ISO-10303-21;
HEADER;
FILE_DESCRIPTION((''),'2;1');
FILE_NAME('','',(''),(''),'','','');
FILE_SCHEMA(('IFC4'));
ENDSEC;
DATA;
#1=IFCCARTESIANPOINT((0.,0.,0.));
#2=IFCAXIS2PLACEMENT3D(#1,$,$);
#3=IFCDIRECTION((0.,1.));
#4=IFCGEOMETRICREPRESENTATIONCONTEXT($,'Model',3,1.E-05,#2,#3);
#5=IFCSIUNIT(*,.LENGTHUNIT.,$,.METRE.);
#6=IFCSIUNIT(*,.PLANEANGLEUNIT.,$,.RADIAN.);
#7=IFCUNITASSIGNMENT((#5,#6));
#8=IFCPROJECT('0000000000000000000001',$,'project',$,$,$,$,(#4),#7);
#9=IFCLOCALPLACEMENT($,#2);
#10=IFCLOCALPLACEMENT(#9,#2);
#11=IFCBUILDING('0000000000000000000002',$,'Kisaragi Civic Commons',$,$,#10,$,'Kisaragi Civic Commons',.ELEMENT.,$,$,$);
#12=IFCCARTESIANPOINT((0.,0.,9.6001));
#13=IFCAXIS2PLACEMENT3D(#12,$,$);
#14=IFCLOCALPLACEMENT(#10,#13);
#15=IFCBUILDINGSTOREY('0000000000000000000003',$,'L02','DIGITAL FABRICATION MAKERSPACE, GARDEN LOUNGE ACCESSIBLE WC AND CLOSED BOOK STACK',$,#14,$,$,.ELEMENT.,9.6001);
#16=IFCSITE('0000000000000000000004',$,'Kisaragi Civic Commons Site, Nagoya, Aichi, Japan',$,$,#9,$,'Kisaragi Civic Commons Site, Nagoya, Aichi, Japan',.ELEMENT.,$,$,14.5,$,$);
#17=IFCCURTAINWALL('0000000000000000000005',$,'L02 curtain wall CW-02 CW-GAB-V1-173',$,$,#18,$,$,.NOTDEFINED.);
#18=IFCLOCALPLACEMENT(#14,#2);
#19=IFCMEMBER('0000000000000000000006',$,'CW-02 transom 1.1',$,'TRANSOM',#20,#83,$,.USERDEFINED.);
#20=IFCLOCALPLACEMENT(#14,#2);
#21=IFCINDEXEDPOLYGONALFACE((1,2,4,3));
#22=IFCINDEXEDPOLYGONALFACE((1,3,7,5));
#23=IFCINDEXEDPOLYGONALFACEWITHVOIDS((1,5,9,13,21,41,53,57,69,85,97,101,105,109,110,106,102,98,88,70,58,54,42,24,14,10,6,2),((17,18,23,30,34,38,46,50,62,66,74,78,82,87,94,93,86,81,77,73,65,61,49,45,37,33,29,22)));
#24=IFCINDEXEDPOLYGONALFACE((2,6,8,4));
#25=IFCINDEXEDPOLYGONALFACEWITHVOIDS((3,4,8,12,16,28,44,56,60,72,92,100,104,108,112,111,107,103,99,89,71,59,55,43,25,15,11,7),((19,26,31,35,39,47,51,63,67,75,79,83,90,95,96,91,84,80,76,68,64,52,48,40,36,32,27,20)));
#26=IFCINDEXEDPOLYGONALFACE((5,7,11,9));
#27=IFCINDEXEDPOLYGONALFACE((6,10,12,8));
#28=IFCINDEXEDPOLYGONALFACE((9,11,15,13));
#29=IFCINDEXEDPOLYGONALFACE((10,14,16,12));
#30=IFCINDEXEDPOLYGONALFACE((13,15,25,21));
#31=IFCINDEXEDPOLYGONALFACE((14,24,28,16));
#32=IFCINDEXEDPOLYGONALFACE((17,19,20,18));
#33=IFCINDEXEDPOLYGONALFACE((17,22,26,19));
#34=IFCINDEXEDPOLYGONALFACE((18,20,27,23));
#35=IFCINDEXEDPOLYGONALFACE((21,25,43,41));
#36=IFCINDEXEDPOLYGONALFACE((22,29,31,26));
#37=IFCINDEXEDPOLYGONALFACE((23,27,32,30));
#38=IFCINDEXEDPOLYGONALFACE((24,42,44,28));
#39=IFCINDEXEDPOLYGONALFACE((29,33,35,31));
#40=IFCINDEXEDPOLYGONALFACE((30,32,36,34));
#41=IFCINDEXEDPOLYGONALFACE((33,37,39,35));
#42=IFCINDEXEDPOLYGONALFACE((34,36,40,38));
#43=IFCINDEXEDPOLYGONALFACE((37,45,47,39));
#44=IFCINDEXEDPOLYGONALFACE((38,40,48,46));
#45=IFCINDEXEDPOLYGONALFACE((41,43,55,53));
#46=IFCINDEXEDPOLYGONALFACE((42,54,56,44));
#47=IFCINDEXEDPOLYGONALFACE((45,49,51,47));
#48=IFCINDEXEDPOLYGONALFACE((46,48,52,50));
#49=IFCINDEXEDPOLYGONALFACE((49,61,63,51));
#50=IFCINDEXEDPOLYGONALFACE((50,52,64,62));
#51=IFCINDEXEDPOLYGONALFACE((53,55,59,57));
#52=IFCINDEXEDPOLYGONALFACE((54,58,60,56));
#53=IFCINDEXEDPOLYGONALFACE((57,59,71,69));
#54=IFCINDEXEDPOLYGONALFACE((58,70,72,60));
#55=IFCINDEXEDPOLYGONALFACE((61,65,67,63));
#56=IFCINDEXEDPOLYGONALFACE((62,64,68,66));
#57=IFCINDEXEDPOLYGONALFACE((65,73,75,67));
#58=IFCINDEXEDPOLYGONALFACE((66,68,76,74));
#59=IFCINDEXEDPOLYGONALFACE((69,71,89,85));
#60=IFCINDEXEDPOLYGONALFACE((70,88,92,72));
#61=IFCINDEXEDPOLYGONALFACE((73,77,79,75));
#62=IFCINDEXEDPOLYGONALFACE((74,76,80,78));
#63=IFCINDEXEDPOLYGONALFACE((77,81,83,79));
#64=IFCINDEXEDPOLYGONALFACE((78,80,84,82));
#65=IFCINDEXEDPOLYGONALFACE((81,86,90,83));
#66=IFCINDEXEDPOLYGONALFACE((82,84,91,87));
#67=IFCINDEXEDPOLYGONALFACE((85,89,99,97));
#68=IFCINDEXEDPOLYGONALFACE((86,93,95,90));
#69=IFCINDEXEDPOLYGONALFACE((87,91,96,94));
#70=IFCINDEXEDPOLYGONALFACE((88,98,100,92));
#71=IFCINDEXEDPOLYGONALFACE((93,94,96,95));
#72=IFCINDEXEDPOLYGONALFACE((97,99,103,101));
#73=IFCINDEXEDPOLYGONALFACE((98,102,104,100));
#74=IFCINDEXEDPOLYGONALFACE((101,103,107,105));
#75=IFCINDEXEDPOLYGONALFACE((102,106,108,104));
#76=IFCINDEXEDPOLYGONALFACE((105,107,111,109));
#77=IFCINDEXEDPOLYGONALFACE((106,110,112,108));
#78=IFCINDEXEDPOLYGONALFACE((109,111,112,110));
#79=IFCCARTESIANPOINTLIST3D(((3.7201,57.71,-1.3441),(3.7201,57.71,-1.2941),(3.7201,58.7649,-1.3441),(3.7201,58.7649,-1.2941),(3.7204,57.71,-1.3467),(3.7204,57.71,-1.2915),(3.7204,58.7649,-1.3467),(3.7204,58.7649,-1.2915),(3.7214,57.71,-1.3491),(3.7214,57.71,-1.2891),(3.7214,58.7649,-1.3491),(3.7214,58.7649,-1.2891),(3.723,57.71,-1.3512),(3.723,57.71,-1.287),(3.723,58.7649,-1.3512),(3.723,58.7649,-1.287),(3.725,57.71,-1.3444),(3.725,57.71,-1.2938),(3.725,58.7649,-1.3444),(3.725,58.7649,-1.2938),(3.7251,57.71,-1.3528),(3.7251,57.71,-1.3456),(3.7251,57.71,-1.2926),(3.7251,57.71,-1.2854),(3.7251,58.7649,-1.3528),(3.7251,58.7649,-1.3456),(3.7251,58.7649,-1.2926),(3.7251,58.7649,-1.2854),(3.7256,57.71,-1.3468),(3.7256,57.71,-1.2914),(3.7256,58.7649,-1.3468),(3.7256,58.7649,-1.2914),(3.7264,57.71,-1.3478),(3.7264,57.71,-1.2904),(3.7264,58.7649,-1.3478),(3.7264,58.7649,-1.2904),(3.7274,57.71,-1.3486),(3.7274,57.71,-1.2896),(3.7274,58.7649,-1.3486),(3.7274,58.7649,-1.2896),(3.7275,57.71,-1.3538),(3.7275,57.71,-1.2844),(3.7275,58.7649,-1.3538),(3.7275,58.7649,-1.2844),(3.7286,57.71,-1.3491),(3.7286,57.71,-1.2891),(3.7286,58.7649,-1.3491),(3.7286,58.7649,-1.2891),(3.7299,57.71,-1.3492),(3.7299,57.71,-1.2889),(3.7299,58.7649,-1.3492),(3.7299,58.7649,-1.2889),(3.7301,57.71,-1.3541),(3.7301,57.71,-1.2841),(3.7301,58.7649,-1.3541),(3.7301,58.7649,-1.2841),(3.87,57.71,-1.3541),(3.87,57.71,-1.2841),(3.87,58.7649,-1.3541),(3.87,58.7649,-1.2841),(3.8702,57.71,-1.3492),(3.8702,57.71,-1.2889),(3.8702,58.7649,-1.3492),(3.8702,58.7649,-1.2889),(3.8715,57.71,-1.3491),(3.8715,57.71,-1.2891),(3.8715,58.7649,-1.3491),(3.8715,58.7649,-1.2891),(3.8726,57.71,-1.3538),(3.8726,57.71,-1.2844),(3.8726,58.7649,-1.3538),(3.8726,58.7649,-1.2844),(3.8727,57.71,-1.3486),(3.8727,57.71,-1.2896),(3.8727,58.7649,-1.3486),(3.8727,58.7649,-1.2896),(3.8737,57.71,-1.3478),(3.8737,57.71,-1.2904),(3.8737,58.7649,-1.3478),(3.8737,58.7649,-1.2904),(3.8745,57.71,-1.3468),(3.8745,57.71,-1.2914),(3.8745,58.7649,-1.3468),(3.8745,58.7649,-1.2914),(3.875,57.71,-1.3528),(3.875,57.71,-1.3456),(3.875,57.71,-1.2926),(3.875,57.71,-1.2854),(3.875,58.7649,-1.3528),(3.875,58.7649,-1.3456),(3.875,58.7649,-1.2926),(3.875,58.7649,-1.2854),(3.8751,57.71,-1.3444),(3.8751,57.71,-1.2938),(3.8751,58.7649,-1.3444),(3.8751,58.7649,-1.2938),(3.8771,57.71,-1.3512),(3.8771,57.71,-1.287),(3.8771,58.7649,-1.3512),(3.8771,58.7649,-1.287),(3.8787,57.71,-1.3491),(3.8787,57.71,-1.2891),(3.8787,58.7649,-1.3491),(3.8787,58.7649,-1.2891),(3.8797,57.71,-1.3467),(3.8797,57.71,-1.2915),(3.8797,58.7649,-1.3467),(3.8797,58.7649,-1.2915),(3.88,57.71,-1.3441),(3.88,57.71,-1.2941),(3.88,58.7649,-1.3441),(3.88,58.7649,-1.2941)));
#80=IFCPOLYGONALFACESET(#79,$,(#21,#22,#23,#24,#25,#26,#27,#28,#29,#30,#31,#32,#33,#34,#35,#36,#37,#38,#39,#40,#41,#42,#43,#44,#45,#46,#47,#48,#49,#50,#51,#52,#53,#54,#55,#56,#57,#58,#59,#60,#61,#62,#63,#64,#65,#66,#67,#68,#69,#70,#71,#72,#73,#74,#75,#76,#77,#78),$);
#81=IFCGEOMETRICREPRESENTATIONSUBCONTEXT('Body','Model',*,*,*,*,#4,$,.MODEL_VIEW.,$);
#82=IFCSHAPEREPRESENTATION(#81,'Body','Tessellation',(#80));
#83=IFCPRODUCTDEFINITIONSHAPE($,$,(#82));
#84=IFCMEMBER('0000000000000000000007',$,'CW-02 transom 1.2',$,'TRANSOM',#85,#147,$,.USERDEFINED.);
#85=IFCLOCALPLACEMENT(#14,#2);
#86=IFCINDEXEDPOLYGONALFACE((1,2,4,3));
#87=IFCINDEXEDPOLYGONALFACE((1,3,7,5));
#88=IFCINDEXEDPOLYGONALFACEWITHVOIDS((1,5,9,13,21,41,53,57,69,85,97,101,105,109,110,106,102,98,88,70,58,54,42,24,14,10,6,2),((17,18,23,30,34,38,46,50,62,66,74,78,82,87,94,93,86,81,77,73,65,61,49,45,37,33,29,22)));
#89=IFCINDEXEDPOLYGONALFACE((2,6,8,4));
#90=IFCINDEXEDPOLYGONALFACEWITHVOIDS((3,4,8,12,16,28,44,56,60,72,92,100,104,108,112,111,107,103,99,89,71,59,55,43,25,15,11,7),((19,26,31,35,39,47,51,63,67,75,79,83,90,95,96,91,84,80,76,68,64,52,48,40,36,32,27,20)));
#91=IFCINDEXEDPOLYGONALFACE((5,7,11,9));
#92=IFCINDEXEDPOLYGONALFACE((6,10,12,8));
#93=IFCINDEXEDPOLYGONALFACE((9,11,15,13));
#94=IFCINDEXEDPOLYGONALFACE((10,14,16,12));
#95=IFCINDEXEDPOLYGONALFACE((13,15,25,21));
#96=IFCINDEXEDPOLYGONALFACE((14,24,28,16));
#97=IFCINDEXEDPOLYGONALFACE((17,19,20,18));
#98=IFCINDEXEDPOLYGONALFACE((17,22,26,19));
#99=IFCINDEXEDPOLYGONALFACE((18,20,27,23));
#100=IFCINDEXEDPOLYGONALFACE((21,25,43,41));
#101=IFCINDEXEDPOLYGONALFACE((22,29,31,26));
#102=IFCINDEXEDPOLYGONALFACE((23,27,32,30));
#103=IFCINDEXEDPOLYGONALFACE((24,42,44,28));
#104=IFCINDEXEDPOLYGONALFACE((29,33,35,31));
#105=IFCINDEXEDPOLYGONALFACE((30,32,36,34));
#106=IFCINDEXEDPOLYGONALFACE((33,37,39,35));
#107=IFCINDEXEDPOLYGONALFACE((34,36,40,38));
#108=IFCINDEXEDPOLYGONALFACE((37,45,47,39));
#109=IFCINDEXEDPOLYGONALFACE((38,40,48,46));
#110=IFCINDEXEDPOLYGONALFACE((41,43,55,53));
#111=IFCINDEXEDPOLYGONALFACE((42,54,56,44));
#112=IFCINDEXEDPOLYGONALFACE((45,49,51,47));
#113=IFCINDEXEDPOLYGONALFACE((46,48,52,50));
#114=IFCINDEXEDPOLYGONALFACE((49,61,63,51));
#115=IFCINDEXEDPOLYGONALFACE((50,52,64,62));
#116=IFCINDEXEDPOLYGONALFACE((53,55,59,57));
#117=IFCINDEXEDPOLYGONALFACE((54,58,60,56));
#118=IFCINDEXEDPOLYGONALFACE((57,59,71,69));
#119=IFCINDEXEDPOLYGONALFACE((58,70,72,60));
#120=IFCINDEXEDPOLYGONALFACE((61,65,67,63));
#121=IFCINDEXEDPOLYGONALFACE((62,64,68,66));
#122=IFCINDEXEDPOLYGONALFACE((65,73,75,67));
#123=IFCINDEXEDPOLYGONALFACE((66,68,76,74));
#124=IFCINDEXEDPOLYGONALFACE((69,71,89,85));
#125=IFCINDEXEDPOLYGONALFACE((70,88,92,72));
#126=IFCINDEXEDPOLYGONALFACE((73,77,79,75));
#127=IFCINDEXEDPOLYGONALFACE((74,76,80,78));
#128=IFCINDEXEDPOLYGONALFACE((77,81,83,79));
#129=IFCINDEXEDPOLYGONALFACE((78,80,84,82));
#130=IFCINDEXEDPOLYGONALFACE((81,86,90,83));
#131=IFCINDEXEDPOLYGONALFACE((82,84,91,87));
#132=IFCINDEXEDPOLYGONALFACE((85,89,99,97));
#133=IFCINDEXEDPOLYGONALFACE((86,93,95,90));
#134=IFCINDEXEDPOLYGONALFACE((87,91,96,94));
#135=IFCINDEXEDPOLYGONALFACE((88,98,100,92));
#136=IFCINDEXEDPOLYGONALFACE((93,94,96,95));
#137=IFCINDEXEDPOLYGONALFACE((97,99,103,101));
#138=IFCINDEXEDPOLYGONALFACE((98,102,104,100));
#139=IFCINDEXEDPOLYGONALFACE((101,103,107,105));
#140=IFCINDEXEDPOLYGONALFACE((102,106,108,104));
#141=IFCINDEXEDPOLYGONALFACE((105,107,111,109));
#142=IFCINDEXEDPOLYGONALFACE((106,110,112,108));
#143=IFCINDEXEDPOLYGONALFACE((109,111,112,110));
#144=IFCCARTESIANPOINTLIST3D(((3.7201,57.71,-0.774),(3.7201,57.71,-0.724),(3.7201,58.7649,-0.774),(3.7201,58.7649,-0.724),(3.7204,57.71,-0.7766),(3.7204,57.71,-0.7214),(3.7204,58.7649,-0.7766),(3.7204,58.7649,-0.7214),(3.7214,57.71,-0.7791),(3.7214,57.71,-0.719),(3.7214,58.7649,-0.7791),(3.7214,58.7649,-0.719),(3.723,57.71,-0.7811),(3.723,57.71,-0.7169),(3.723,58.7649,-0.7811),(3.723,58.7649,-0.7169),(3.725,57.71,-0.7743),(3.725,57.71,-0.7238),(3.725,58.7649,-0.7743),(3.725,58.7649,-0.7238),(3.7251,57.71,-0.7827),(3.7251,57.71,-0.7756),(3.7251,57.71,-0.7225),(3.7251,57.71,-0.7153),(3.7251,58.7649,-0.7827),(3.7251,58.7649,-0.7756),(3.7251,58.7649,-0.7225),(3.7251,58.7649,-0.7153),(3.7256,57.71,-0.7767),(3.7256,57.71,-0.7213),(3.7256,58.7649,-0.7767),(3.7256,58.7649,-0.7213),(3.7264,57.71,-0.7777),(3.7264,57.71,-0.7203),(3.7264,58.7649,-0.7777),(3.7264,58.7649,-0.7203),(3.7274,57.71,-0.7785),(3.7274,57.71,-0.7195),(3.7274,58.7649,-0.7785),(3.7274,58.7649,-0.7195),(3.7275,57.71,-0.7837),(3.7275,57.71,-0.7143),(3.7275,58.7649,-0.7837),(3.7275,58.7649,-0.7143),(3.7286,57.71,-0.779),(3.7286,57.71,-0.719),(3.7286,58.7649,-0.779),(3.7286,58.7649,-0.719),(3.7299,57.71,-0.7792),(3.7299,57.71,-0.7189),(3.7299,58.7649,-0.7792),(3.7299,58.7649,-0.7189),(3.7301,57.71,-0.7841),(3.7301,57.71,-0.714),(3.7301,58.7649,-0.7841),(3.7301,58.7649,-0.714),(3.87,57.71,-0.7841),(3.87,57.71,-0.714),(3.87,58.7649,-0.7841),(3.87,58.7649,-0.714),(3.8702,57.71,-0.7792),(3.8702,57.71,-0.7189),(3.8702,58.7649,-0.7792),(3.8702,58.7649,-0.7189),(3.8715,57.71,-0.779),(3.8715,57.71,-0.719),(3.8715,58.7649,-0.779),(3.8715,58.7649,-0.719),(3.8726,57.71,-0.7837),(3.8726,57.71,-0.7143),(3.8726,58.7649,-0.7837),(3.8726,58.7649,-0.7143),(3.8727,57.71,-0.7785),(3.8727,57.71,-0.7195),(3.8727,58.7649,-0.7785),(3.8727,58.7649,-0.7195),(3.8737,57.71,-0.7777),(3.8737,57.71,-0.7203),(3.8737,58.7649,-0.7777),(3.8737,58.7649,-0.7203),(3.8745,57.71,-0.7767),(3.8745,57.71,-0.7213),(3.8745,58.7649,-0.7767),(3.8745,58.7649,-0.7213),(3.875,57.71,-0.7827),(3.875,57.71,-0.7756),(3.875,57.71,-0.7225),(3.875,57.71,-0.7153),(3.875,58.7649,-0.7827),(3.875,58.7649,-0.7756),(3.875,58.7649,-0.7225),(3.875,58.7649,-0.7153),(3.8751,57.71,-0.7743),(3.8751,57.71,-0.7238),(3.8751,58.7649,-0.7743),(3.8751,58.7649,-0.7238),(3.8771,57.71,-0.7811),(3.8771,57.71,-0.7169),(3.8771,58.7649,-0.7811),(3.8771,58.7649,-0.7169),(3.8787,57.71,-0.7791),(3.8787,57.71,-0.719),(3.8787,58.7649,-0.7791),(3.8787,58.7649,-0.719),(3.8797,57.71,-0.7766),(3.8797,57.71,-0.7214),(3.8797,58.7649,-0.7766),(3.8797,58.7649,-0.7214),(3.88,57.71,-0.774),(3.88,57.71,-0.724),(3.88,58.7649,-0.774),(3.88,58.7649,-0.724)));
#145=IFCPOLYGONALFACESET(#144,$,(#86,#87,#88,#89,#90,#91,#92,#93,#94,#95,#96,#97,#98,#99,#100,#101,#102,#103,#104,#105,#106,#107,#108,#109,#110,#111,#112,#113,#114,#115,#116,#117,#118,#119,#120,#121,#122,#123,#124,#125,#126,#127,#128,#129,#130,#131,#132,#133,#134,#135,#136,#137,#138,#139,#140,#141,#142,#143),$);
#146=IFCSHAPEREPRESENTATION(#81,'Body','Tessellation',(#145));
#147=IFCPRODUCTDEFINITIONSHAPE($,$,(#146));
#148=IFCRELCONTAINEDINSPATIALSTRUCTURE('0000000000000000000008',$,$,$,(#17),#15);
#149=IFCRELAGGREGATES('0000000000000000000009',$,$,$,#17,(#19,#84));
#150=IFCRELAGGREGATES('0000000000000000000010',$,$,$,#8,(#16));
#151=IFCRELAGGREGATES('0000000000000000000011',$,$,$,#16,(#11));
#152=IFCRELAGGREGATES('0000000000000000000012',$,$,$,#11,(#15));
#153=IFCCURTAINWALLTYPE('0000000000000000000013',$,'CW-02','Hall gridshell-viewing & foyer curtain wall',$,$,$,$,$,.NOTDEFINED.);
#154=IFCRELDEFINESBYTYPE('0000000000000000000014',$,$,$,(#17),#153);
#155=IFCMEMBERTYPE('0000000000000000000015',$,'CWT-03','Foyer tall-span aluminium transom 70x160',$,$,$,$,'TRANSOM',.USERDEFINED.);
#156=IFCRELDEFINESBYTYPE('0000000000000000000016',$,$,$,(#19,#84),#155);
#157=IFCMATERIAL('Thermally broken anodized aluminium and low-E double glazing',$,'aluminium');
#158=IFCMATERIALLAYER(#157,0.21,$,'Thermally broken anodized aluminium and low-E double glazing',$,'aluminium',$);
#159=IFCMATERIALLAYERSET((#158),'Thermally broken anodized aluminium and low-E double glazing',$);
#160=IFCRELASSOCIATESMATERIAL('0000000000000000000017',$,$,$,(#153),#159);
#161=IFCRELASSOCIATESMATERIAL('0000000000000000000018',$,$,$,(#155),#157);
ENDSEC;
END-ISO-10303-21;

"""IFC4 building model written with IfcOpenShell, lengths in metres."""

from ifc_helpers import new_model, si_unit, direction, frame, origin, origin_2d, place, context, subcontext, project, spatial, hollow_rectangle, extrude, material, layer, layer_set, material_profile, profile_set, type_object, element, aggregate, save


model = new_model("IFC4")

# Units and contexts
model_context = context("Model", 3, precision=1e-05, world=origin(), true_north=direction((0.0, 1.0)))
body_context = subcontext(model_context, "Body", "Model", "MODEL_VIEW")
ifc_project = project(units=[si_unit("LENGTHUNIT", "METRE"), si_unit("PLANEANGLEUNIT", "RADIAN")], contexts=[model_context])

# Site, building, storey
site_placement = place(None, origin())
site = spatial("IfcSite", under=ifc_project, at=site_placement, Name="Kisaragi Civic Commons Site, Nagoya, Aichi, Japan", LongName="Kisaragi Civic Commons Site, Nagoya, Aichi, Japan", CompositionType="ELEMENT", RefElevation=14.5)
building_placement = place(site_placement, origin())
building = spatial("IfcBuilding", under=site, at=building_placement, Name="Kisaragi Civic Commons", LongName="Kisaragi Civic Commons", CompositionType="ELEMENT")
storey_placement = place(building_placement, frame((0.0, 0.0, 9.6001)))
storey = spatial("IfcBuildingStorey", under=building, at=storey_placement, Name="L02", Description="DIGITAL FABRICATION MAKERSPACE, GARDEN LOUNGE ACCESSIBLE WC AND CLOSED BOOK STACK", CompositionType="ELEMENT", Elevation=9.6001)

# Shared definitions
ifc_material_1 = material(Name="Thermally broken anodized aluminium and low-E double glazing", Category="aluminium")
ifc_layer_1 = layer(ifc_material_1, 0.21, Name="Thermally broken anodized aluminium and low-E double glazing", Category="aluminium")
ifc_layer_set_1 = layer_set([ifc_layer_1], Name="Thermally broken anodized aluminium and low-E double glazing")
curtain_wall_type = type_object("IfcCurtainWallType", Name="CW-02", Description="Hall gridshell-viewing & foyer curtain wall", PredefinedType="NOTDEFINED", material=ifc_layer_set_1)

# Curtain wall, members
curtain_wall_1_placement = place(storey_placement, origin())
curtain_wall_1 = element("IfcCurtainWall", 1, at=curtain_wall_1_placement, inside=storey, type_object=curtain_wall_type, Name="L02 curtain wall CW-02 CW-GAB-V1-173", PredefinedType="NOTDEFINED")
ifc_material_profile_1 = material_profile(ifc_material_1, hollow_rectangle(XDim=0.1599, YDim=0.0701, WallThickness=0.0049, InnerFilletRadius=0.0049, OuterFilletRadius=0.01, at=origin_2d()), Name="CWT-70x160x5", Category="aluminium")
ifc_profile_set_1 = profile_set([ifc_material_profile_1], Name="Thermally broken anodized aluminium and low-E double glazing")
member_type_1 = type_object("IfcMemberType", Name="CWT-03", Description="Foyer tall-span aluminium transom 70x160", ElementType="TRANSOM", PredefinedType="USERDEFINED", material=ifc_profile_set_1)
member_1_placement = place(storey_placement, frame((3.8, 57.71, -1.3191), z_axis=(0.0, 1.0, 0.0), x_axis=(-1.0, 0.0, 0.0)))
member_1 = element("IfcMember", 2, at=member_1_placement, type_object=member_type_1, Name="CW-02 transom 1.1", ObjectType="TRANSOM", PredefinedType="USERDEFINED", context=body_context, shape_type="SweptSolid", body=[
    extrude(hollow_rectangle(XDim=0.1599, YDim=0.0701, WallThickness=0.0049, InnerFilletRadius=0.0049, OuterFilletRadius=0.01, at=origin_2d()), origin(), (0.0, 0.0, 1.0), 1.0549),
])
member_2_placement = place(storey_placement, frame((3.8, 57.71, -0.749), z_axis=(0.0, 1.0, 0.0), x_axis=(-1.0, 0.0, 0.0)))
member_2 = element("IfcMember", 3, at=member_2_placement, type_object=member_type_1, Name="CW-02 transom 1.2", ObjectType="TRANSOM", PredefinedType="USERDEFINED", context=body_context, shape_type="SweptSolid", body=[
    extrude(hollow_rectangle(XDim=0.1599, YDim=0.0701, WallThickness=0.0049, InnerFilletRadius=0.0049, OuterFilletRadius=0.01, at=origin_2d()), origin(), (0.0, 0.0, 1.0), 1.0549),
])
aggregate(curtain_wall_1, [member_1, member_2])

save(model, "model.ifc")
